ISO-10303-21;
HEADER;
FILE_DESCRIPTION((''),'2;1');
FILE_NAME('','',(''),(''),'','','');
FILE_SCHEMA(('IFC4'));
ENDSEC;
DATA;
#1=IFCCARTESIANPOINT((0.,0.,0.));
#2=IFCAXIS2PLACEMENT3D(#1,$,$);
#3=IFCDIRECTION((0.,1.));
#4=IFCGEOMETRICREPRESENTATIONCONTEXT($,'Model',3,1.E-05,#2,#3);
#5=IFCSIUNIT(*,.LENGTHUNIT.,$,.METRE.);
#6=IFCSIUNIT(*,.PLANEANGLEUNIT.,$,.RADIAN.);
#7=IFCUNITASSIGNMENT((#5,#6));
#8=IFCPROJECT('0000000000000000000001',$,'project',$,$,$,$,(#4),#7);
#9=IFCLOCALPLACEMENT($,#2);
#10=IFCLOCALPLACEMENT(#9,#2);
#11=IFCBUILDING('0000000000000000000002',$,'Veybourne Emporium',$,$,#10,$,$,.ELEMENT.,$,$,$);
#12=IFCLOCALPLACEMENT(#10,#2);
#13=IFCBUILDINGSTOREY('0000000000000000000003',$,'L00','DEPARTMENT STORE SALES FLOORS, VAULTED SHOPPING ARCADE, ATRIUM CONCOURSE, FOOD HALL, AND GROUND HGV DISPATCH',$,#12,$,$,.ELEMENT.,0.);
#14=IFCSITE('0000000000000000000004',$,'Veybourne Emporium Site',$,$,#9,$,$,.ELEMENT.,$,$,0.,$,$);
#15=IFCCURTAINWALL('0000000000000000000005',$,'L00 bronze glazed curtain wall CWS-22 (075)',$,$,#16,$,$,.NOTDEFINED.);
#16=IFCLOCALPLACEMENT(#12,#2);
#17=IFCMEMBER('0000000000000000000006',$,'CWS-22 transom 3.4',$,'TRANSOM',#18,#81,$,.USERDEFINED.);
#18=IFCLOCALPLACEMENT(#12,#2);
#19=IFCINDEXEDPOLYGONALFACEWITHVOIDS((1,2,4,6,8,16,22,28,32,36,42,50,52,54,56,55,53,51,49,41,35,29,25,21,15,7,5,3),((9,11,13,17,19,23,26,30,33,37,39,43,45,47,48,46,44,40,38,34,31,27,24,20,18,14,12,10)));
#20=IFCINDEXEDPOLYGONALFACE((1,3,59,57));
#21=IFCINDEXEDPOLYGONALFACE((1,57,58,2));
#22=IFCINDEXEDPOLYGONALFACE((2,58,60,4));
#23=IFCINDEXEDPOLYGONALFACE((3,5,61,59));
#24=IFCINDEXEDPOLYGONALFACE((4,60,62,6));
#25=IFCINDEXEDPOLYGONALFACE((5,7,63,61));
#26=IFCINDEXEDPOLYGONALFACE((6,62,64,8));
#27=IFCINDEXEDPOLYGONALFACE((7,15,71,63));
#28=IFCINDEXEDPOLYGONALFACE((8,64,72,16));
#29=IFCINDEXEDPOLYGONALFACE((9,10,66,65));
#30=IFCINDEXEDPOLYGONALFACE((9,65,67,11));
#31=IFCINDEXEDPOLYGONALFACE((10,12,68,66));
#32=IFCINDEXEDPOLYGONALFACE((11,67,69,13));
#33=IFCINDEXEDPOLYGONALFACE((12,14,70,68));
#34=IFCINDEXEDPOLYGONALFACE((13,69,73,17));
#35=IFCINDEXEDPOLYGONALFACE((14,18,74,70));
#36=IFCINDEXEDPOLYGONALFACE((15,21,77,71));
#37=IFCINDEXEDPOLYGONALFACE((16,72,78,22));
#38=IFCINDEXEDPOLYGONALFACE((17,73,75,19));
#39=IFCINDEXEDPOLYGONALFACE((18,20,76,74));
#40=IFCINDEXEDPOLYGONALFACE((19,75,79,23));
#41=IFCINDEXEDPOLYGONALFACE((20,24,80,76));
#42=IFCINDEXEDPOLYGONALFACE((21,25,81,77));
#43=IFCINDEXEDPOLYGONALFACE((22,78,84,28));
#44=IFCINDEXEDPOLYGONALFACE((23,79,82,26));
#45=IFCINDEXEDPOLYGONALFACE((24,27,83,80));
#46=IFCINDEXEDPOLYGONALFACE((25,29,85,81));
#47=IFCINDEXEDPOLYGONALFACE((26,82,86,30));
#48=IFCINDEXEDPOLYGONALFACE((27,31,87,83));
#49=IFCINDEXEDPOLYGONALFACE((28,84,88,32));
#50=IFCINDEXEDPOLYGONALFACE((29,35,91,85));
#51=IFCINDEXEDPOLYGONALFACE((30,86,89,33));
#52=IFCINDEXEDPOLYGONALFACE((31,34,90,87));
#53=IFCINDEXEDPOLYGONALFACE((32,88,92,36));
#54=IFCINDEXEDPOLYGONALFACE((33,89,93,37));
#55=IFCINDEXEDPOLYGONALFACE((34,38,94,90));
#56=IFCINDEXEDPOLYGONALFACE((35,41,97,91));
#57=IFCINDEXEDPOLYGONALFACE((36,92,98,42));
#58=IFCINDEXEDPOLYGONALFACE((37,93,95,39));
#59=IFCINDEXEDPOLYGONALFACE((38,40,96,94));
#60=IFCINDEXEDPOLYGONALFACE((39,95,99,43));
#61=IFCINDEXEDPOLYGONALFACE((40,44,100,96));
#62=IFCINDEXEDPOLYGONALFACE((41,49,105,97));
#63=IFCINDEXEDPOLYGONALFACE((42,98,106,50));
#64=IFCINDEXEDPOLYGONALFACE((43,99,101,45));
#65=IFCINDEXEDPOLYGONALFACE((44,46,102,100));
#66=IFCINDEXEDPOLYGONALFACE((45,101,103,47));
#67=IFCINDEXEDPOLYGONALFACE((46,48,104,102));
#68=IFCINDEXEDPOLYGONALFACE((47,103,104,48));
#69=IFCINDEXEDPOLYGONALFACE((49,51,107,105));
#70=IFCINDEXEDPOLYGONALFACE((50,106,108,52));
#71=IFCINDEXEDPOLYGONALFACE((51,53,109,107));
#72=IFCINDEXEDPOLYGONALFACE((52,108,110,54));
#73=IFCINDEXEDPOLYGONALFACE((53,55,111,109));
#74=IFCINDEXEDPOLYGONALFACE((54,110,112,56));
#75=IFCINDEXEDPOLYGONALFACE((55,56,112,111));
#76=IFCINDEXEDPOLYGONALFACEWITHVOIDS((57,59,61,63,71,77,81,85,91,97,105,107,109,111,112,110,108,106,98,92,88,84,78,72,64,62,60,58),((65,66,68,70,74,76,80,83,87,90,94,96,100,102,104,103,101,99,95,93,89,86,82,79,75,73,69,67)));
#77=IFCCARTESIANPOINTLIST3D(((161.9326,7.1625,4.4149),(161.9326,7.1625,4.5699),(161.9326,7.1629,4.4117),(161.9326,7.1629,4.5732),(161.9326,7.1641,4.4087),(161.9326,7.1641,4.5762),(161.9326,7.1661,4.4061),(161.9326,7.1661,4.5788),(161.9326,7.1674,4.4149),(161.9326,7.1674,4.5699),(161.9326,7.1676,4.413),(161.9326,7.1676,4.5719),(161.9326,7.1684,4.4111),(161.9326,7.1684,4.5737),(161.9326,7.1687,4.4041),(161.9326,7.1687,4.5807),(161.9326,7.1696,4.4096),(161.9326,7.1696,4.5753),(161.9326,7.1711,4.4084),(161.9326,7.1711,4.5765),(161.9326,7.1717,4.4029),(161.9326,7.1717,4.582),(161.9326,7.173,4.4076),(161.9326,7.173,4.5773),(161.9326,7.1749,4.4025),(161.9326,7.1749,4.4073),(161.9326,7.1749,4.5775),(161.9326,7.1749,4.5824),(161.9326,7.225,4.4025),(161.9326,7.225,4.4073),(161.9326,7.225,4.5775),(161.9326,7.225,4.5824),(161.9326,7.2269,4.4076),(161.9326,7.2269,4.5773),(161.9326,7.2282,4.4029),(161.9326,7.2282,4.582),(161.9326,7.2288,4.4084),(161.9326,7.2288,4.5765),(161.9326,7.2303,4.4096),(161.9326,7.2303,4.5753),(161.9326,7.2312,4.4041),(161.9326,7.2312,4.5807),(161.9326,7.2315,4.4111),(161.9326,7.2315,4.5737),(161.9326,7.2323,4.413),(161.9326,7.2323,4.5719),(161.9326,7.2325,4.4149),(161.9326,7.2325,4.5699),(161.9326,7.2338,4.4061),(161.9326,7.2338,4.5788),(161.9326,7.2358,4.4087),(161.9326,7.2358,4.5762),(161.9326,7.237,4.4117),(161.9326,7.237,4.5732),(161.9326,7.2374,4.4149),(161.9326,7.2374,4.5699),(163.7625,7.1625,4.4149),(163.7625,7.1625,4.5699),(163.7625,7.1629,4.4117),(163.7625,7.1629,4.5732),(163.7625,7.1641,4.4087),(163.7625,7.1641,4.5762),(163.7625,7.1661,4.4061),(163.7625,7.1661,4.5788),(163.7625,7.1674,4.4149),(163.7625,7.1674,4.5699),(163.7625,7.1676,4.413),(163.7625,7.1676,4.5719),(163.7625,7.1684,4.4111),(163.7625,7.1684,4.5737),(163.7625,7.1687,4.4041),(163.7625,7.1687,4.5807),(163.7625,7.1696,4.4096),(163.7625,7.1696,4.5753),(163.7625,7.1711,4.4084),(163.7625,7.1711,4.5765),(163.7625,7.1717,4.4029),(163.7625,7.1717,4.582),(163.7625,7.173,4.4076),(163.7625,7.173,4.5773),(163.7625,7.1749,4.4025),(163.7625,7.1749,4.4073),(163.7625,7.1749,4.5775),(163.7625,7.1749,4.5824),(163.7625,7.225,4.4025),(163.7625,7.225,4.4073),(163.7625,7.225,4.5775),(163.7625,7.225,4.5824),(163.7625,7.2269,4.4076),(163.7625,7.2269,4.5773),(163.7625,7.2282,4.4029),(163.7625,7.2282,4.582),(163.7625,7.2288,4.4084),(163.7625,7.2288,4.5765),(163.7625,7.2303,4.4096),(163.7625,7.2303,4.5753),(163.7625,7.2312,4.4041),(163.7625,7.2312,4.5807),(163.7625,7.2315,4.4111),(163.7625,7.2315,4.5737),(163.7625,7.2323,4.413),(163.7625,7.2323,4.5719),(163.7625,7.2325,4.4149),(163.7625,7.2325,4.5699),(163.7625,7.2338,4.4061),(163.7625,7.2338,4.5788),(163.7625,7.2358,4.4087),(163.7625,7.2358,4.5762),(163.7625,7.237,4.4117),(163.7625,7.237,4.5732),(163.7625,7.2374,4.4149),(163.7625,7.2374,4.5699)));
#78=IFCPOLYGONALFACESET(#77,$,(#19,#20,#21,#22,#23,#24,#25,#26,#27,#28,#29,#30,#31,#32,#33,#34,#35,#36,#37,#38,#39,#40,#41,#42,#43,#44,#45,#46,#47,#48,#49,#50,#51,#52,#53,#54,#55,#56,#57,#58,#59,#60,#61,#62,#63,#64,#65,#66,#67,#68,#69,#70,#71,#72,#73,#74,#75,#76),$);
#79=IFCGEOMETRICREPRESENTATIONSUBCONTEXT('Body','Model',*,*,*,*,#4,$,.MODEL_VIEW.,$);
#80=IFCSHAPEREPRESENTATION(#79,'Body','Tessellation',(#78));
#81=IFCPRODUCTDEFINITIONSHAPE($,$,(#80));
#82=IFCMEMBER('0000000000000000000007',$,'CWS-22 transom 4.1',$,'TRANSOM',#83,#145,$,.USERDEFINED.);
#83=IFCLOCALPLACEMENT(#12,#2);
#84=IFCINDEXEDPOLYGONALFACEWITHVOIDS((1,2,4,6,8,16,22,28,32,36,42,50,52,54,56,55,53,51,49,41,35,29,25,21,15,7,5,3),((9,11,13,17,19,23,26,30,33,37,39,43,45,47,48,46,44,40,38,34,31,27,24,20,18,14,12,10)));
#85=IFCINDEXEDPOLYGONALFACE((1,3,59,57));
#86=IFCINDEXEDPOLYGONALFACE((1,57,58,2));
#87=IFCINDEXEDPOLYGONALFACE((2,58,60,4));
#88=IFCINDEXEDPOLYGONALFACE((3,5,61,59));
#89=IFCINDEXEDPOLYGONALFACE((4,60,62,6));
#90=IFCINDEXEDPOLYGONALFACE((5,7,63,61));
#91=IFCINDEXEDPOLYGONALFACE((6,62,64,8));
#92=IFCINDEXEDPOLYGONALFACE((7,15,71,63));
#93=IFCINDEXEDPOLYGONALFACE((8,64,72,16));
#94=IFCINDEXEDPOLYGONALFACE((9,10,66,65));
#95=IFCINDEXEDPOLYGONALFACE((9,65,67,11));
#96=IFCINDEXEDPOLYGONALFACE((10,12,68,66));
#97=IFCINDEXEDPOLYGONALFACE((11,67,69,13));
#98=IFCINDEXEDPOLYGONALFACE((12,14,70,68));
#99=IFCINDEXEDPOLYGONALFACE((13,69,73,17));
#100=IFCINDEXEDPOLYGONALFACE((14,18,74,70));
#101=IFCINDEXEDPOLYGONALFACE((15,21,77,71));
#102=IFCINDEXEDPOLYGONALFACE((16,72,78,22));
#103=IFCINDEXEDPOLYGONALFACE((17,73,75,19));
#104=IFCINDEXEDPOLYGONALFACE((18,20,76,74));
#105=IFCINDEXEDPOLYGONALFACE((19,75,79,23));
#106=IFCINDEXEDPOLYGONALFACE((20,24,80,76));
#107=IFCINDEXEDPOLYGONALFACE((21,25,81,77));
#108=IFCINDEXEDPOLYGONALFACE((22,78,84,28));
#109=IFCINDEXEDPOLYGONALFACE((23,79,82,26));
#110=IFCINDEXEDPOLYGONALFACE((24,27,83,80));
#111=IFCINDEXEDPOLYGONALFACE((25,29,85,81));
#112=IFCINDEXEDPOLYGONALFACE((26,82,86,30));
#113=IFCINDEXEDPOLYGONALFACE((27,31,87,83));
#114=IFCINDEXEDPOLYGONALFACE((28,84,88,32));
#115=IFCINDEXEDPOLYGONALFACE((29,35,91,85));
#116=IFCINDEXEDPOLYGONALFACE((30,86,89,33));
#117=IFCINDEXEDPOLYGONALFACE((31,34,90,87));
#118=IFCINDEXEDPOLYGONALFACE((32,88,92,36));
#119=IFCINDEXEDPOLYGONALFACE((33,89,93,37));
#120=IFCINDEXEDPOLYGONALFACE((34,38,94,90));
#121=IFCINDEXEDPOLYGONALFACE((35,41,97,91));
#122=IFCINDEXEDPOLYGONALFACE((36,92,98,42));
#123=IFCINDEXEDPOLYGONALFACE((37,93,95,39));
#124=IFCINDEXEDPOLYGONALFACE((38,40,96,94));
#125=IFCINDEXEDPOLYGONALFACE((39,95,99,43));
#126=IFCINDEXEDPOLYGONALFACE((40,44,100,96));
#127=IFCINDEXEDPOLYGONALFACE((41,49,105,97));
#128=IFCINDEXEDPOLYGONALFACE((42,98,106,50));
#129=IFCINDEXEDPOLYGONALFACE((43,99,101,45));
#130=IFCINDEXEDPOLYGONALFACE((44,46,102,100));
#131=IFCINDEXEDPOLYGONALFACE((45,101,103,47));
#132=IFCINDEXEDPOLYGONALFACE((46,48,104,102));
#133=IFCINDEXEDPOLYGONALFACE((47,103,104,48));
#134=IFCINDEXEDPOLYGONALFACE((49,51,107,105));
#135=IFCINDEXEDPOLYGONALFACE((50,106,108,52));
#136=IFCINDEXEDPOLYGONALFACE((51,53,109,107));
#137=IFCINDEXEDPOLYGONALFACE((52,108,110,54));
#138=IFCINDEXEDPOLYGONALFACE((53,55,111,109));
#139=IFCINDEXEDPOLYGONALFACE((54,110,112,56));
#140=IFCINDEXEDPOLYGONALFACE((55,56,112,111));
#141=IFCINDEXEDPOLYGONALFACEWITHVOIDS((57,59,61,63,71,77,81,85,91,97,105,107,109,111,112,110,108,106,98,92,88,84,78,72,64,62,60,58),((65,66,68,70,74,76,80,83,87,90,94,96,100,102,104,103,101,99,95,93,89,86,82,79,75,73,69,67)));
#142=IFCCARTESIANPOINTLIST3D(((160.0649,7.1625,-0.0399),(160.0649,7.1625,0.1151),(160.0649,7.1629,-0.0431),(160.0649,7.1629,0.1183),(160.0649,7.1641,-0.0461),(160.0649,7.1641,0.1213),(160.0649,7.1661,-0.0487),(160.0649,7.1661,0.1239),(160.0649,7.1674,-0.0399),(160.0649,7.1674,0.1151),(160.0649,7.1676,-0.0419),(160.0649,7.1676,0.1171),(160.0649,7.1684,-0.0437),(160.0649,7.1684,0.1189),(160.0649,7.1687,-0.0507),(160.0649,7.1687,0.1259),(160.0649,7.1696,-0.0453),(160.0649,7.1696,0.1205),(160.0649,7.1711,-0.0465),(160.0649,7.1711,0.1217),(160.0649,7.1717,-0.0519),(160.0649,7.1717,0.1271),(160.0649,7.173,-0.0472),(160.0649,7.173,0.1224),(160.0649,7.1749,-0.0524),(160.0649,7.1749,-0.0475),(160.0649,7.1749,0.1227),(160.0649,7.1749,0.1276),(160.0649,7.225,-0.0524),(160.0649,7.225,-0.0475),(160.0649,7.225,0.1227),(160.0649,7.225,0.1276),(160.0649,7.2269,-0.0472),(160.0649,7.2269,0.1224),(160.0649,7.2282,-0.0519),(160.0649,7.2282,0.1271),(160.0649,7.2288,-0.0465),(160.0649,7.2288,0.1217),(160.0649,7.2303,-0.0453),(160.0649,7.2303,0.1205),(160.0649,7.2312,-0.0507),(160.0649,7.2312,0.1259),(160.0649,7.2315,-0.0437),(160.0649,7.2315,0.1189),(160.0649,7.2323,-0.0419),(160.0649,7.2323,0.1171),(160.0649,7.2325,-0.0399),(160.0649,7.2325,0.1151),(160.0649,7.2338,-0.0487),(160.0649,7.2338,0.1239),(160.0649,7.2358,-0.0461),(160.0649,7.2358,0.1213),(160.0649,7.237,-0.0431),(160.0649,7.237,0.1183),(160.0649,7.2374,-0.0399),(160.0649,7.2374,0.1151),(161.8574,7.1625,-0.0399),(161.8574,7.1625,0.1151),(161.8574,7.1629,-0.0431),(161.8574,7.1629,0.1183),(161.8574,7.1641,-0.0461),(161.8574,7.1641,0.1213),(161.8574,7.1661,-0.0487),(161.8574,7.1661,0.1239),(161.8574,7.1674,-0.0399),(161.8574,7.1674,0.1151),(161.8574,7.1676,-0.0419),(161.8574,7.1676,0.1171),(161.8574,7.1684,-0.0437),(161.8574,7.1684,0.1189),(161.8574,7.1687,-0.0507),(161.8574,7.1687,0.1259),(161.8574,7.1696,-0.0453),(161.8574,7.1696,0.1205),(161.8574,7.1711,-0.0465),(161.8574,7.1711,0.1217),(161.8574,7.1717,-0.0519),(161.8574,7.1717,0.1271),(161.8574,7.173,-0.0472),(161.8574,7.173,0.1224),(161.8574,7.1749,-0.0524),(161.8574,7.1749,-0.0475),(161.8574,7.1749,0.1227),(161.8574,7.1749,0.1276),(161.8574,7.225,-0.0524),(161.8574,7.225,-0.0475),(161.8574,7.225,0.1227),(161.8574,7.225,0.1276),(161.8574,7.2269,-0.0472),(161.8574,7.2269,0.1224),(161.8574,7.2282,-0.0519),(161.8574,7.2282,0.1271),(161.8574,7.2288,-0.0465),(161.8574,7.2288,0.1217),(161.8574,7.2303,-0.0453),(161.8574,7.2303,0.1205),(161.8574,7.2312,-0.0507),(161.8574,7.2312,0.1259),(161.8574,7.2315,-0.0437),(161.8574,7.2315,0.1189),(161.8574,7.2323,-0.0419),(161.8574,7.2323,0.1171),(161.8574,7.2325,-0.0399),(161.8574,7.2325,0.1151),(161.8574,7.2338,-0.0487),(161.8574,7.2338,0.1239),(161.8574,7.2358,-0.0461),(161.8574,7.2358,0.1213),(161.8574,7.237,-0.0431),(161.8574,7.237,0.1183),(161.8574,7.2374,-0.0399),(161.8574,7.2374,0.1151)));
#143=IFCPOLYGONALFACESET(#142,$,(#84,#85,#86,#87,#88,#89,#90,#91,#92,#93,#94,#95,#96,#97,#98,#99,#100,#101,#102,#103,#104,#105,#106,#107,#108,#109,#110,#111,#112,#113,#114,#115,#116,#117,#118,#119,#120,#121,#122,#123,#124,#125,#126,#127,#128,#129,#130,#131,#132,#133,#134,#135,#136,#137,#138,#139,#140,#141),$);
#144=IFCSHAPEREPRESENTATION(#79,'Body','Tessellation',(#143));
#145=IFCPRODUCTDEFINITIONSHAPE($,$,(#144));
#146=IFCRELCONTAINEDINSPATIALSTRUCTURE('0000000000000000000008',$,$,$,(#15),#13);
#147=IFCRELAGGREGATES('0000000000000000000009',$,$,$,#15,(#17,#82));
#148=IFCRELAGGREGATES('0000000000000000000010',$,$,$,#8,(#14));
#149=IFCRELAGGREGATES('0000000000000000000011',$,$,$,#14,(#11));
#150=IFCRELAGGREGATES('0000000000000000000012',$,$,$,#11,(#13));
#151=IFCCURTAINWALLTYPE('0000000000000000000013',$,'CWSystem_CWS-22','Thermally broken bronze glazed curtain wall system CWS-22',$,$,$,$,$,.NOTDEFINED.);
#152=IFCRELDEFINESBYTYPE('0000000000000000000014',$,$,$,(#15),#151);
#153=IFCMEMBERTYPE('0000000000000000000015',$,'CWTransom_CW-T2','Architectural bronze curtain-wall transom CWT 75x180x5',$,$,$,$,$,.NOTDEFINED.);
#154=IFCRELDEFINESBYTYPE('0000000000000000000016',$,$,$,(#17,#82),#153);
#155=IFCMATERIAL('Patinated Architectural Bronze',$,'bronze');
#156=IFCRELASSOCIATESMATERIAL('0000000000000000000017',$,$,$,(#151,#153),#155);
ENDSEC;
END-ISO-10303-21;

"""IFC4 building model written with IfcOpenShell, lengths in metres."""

from ifc_helpers import new_model, si_unit, direction, frame, origin, origin_2d, place, context, subcontext, project, spatial, hollow_rectangle, extrude, material, material_profile, profile_set, type_object, element, aggregate, save


model = new_model("IFC4")

# Units and contexts
model_context = context("Model", 3, precision=1e-05, world=origin(), true_north=direction((0.0, 1.0)))
body_context = subcontext(model_context, "Body", "Model", "MODEL_VIEW")
ifc_project = project(units=[si_unit("LENGTHUNIT", "METRE"), si_unit("PLANEANGLEUNIT", "RADIAN")], contexts=[model_context])

# Site, building, storey
site_placement = place(None, origin())
site = spatial("IfcSite", under=ifc_project, at=site_placement, Name="Veybourne Emporium Site", CompositionType="ELEMENT", RefElevation=0.0)
building_placement = place(site_placement, origin())
building = spatial("IfcBuilding", under=site, at=building_placement, Name="Veybourne Emporium", CompositionType="ELEMENT")
storey_placement = place(building_placement, origin())
storey = spatial("IfcBuildingStorey", under=building, at=storey_placement, Name="L00", Description="DEPARTMENT STORE SALES FLOORS, VAULTED SHOPPING ARCADE, ATRIUM CONCOURSE, FOOD HALL, AND GROUND HGV DISPATCH", CompositionType="ELEMENT", Elevation=0.0)

# Curtain wall
ifc_material_1 = material(Name="Patinated Architectural Bronze", Category="bronze")
curtain_wall_type_1 = type_object("IfcCurtainWallType", Name="CWSystem_CWS-22", Description="Thermally broken bronze glazed curtain wall system CWS-22", PredefinedType="NOTDEFINED", material=ifc_material_1)
curtain_wall_1_placement = place(storey_placement, origin())
curtain_wall_1 = element("IfcCurtainWall", 1, at=curtain_wall_1_placement, inside=storey, type_object=curtain_wall_type_1, Name="L00 bronze glazed curtain wall CWS-22 (075)", PredefinedType="NOTDEFINED")

# Members
ifc_material_profile_1 = material_profile(ifc_material_1, hollow_rectangle(XDim=0.075, YDim=0.1799, WallThickness=0.0049, InnerFilletRadius=0.0076, OuterFilletRadius=0.0125, at=origin_2d()), Name="CWT 75x180x5")
ifc_profile_set_1 = profile_set([ifc_material_profile_1], Name="Patinated Architectural Bronze")
member_type_1 = type_object("IfcMemberType", Name="CWTransom_CW-T2", Description="Architectural bronze curtain-wall transom CWT 75x180x5", PredefinedType="NOTDEFINED", material=ifc_profile_set_1)
member_1_placement = place(storey_placement, frame((163.7625, 7.2, 4.4924), z_axis=(-1.0, 0.0, 0.0), x_axis=(0.0, -1.0, 0.0)))
member_1 = element("IfcMember", 2, at=member_1_placement, type_object=member_type_1, Name="CWS-22 transom 3.4", ObjectType="TRANSOM", PredefinedType="USERDEFINED", context=body_context, shape_type="SweptSolid", body=[
    extrude(hollow_rectangle(XDim=0.075, YDim=0.1799, WallThickness=0.0049, InnerFilletRadius=0.0076, OuterFilletRadius=0.0125, at=origin_2d()), origin(), (0.0, 0.0, 1.0), 1.8298),
])
member_2_placement = place(storey_placement, frame((161.8574, 7.2, 0.0376), z_axis=(-1.0, 0.0, 0.0), x_axis=(0.0, -1.0, 0.0)))
member_2 = element("IfcMember", 3, at=member_2_placement, type_object=member_type_1, Name="CWS-22 transom 4.1", ObjectType="TRANSOM", PredefinedType="USERDEFINED", context=body_context, shape_type="SweptSolid", body=[
    extrude(hollow_rectangle(XDim=0.075, YDim=0.1799, WallThickness=0.0049, InnerFilletRadius=0.0076, OuterFilletRadius=0.0125, at=origin_2d()), origin(), (0.0, 0.0, 1.0), 1.7925),
])

aggregate(curtain_wall_1, [member_1, member_2])

save(model, "model.ifc")
